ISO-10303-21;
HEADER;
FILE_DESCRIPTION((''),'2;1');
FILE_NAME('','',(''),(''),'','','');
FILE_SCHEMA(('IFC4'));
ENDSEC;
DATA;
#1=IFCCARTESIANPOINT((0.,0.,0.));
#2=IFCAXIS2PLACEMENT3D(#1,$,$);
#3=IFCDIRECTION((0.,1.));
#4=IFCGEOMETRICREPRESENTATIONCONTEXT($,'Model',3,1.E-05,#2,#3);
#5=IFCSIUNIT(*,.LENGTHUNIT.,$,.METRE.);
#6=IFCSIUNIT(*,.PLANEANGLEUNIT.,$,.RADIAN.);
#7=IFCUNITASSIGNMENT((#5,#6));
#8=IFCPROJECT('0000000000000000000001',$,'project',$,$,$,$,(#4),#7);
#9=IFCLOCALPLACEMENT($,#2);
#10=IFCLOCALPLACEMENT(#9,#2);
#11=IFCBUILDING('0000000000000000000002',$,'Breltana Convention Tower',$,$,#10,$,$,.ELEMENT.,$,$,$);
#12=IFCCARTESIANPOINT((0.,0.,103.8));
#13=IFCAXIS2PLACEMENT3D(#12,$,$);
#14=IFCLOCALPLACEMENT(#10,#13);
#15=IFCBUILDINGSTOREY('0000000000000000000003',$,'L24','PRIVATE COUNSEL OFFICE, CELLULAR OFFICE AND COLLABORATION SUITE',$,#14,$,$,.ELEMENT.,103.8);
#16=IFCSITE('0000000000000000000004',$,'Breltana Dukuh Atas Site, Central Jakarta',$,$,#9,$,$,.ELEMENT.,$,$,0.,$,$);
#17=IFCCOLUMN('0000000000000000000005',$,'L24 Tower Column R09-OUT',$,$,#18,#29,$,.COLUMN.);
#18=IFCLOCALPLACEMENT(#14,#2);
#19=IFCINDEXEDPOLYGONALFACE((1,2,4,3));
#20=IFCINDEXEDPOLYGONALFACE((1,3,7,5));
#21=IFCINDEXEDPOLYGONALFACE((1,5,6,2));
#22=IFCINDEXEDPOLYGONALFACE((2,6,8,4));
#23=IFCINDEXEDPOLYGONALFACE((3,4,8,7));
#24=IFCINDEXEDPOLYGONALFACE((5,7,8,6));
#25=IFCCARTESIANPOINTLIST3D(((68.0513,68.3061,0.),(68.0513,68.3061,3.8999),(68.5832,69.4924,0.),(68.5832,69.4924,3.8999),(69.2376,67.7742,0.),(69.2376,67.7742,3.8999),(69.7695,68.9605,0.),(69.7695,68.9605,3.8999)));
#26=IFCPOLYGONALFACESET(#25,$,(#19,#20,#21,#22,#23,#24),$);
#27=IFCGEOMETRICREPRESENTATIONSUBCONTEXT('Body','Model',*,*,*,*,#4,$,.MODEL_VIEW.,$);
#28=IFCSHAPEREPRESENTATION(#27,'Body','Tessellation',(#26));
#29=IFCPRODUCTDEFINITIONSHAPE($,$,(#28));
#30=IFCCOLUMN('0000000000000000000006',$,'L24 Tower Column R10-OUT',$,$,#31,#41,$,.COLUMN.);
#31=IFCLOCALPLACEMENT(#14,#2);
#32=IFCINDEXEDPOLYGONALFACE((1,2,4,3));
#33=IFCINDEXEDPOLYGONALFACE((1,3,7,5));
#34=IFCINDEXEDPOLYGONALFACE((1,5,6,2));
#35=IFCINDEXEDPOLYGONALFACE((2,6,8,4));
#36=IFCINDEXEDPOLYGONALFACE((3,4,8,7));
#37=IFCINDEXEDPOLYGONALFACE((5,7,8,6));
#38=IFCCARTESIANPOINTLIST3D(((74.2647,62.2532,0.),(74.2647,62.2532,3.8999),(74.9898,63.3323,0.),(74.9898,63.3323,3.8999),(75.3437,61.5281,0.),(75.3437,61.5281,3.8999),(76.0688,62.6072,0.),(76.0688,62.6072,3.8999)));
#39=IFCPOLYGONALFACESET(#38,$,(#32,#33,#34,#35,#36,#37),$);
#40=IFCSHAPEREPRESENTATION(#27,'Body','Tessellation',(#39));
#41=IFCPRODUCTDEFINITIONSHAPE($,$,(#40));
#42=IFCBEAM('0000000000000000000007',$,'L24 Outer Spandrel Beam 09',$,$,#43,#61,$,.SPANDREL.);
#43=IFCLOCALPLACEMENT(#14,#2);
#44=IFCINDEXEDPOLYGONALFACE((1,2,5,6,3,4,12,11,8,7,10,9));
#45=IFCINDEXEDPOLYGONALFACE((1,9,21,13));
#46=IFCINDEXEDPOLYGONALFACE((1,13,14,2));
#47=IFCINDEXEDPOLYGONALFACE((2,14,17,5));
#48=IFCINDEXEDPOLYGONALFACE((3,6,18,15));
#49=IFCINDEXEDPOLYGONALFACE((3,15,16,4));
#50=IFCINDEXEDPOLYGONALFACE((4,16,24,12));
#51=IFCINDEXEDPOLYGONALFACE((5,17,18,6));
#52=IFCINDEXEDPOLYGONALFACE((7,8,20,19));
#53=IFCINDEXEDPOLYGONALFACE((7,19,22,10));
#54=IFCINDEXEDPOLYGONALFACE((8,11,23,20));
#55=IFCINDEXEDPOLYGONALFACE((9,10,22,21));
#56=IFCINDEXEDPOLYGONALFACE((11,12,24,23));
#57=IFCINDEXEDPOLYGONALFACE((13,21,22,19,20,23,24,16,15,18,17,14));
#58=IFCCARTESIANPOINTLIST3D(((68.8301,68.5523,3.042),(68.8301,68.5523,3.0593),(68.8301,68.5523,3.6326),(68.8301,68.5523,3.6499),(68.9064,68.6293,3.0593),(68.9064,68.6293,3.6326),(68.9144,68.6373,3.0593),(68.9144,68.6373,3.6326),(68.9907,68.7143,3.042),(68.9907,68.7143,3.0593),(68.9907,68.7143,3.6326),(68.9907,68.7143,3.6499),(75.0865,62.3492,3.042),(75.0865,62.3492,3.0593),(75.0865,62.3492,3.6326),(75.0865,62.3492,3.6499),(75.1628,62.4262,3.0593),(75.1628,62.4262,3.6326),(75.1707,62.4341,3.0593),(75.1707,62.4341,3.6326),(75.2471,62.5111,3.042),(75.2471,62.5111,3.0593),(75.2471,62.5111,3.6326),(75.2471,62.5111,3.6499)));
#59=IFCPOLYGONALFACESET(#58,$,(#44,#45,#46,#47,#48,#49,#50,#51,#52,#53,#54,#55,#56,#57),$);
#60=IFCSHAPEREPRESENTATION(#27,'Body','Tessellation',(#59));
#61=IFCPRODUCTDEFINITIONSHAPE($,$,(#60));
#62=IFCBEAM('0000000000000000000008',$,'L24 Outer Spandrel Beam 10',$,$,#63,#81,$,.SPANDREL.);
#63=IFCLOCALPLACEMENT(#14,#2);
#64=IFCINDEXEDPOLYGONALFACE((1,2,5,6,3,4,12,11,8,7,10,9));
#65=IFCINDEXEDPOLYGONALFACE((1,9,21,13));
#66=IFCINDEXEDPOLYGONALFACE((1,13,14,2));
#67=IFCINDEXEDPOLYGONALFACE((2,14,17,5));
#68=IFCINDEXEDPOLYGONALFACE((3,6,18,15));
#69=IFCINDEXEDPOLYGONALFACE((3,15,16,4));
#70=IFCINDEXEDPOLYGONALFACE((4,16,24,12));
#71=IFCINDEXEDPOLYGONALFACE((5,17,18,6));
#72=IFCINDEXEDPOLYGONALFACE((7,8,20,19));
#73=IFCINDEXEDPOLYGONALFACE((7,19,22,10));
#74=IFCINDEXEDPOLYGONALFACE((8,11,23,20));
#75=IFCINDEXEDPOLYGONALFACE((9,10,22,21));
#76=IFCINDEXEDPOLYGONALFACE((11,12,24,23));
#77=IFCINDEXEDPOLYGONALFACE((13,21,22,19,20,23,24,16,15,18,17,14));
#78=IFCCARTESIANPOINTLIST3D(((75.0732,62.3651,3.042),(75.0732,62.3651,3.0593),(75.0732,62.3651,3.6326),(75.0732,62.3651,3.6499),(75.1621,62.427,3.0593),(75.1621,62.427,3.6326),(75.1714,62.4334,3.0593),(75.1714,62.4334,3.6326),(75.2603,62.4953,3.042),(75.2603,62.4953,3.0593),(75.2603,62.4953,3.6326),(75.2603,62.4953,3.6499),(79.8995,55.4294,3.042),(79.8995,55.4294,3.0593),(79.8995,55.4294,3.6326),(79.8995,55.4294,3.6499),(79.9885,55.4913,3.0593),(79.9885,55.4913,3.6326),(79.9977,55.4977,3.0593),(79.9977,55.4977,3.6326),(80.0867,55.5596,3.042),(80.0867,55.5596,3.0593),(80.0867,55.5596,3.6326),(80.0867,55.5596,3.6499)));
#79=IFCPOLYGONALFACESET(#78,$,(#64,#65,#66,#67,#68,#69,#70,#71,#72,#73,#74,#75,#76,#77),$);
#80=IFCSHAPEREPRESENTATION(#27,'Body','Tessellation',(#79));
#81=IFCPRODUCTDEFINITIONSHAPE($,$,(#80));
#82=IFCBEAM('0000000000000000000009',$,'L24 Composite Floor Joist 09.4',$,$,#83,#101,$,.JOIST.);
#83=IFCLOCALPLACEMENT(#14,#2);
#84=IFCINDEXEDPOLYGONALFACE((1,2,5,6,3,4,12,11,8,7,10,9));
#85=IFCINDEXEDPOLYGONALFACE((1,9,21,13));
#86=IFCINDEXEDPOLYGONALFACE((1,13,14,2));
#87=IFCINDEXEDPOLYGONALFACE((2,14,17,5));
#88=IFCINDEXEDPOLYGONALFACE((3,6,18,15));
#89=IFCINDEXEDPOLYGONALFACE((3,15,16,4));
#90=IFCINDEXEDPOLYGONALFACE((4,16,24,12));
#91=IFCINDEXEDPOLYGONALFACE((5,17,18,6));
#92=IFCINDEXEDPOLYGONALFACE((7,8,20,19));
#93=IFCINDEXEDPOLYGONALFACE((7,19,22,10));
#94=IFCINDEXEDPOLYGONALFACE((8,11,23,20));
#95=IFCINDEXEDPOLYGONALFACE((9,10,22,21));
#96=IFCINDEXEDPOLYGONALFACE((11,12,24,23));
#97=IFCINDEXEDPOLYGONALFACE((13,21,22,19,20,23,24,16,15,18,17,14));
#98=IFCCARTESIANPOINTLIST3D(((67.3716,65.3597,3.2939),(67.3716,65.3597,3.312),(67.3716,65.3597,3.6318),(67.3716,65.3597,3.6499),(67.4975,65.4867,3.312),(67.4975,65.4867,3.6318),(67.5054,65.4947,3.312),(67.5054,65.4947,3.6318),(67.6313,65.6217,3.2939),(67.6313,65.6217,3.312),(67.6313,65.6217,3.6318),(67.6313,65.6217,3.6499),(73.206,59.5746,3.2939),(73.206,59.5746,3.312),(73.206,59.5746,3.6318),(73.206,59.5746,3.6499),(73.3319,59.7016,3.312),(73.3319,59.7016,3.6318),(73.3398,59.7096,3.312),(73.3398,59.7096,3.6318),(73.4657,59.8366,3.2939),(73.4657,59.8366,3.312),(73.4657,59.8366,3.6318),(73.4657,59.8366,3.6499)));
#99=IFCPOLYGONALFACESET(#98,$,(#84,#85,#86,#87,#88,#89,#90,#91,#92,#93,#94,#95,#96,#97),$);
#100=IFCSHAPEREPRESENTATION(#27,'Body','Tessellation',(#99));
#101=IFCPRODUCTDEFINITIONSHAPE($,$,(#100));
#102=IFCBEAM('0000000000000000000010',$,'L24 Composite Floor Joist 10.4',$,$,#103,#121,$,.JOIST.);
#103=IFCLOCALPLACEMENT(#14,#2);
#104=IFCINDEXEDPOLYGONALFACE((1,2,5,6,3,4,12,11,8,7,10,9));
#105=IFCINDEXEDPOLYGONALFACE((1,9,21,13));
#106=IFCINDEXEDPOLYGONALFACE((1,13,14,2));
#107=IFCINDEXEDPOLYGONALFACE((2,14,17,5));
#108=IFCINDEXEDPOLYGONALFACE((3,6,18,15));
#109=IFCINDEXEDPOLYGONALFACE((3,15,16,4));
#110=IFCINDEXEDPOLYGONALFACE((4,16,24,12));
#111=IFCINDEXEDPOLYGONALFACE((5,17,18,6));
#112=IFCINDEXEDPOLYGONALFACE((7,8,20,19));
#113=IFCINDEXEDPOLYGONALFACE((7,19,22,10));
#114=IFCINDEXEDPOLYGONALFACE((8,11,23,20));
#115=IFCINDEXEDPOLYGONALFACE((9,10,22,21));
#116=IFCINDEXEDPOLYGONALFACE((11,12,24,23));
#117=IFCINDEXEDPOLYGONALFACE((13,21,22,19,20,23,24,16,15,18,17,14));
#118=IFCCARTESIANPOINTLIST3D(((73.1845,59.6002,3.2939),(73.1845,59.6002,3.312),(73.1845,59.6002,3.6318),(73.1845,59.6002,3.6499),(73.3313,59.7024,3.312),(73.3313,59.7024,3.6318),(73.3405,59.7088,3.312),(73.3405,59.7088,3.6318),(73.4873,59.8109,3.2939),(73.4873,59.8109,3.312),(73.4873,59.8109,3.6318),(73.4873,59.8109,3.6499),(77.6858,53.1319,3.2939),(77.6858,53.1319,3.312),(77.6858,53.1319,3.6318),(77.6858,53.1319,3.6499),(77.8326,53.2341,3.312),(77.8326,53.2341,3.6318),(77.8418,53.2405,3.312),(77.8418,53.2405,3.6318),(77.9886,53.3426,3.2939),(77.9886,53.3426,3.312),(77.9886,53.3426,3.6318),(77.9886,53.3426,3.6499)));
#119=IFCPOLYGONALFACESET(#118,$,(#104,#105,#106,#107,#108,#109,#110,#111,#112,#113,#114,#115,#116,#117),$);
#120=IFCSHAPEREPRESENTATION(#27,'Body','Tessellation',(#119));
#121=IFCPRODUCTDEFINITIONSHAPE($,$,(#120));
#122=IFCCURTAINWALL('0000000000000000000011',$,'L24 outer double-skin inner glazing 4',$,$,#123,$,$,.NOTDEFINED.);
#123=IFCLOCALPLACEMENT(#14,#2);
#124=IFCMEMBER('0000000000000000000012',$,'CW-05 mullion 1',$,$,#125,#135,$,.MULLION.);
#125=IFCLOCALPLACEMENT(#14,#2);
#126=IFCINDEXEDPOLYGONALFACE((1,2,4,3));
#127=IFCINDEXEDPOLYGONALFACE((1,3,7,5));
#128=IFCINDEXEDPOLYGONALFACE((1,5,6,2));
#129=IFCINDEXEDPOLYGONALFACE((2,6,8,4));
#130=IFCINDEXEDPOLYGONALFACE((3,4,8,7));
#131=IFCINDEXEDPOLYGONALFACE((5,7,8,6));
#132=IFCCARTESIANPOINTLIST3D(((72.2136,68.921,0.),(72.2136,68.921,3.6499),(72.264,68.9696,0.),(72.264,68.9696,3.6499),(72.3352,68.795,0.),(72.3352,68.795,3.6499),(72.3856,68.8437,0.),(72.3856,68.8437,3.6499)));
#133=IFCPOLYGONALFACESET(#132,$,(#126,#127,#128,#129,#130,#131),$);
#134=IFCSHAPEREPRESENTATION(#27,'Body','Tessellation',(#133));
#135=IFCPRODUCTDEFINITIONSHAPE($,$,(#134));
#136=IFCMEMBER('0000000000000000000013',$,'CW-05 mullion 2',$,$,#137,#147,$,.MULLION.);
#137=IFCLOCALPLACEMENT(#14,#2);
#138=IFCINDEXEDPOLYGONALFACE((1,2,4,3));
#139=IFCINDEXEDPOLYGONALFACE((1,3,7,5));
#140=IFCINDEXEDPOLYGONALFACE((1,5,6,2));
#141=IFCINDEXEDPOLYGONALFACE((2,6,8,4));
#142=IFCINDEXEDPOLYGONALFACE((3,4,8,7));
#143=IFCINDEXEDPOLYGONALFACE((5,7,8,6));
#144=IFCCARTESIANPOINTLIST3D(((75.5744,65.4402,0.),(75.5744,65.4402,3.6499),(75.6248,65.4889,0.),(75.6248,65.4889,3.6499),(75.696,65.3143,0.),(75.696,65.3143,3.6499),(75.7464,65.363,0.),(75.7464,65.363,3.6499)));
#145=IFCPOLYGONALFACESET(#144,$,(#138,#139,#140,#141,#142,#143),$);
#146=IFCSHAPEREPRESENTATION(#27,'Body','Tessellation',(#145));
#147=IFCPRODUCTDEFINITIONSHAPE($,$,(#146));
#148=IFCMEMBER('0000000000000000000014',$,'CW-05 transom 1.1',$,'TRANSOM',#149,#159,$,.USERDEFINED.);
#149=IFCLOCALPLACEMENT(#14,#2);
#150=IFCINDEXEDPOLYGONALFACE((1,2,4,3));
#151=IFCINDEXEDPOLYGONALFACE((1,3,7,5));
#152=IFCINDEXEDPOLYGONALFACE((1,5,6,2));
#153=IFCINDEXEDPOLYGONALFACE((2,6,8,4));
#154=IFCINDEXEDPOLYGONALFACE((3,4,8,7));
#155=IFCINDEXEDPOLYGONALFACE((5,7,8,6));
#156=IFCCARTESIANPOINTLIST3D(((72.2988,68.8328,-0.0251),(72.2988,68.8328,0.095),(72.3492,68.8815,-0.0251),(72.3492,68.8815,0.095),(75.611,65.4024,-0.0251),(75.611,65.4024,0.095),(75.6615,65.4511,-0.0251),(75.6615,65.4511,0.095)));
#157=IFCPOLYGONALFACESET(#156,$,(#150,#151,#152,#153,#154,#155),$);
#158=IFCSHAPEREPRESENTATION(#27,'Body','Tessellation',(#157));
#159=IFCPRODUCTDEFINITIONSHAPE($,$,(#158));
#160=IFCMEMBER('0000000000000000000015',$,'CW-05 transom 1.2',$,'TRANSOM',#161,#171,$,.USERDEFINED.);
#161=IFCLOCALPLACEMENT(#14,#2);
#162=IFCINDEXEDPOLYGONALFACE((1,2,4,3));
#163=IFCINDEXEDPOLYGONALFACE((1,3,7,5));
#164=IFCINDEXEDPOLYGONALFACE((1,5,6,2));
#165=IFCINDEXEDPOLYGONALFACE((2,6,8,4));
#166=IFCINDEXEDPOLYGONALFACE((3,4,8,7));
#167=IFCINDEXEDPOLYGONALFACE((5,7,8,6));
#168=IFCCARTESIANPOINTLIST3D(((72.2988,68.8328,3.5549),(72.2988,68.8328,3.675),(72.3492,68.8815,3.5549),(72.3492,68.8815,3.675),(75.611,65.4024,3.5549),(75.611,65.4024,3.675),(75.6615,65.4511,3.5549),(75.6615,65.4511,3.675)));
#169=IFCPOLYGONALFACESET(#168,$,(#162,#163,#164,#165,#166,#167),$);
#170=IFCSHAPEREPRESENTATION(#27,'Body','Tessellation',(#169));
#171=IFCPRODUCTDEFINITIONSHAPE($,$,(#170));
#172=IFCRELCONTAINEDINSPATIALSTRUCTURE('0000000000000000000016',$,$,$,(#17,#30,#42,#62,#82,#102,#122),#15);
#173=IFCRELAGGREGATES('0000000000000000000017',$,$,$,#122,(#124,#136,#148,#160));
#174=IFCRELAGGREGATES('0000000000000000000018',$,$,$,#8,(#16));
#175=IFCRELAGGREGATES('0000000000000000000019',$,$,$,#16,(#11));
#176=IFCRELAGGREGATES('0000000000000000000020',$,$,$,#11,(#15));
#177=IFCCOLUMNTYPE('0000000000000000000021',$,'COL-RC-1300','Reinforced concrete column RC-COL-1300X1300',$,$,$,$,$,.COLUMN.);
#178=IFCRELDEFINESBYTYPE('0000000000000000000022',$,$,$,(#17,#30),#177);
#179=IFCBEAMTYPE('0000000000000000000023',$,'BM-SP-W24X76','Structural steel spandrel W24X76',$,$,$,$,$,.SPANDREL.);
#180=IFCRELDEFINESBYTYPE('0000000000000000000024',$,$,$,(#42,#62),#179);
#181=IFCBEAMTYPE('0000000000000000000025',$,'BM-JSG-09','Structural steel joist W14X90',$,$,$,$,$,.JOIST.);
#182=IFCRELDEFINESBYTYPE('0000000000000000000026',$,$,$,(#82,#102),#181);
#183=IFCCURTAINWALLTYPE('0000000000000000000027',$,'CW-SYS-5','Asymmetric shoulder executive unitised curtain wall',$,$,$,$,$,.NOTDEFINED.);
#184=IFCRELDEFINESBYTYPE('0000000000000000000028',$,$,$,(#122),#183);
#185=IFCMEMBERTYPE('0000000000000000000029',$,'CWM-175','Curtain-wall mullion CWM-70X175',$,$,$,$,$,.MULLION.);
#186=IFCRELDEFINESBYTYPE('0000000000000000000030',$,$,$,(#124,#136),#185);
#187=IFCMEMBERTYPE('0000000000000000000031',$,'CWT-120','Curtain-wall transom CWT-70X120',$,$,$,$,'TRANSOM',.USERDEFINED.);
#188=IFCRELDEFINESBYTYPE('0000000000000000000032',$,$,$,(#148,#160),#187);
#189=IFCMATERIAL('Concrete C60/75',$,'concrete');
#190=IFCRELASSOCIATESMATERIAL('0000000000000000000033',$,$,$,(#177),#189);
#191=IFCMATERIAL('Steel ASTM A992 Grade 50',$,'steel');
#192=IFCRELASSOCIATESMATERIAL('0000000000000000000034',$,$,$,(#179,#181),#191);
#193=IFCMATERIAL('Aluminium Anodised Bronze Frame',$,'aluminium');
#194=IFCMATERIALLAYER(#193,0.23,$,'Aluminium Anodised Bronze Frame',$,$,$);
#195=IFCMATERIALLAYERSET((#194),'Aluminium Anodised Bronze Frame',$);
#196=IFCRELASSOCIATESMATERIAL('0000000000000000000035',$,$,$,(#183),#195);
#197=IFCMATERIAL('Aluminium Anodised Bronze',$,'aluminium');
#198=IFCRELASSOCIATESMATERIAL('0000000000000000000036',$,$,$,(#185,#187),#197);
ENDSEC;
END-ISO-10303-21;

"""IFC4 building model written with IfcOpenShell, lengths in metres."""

from ifc_helpers import new_model, si_unit, direction, frame, origin, origin_2d, place, context, subcontext, project, spatial, rectangle, i_section, extrude, source, transform, mapped, material, layer, layer_set, material_profile, profile_set, type_object, element, aggregate, save


model = new_model("IFC4")

# Units and contexts
model_context = context("Model", 3, precision=1e-05, world=origin(), true_north=direction((0.0, 1.0)))
body_context = subcontext(model_context, "Body", "Model", "MODEL_VIEW")
ifc_project = project(units=[si_unit("LENGTHUNIT", "METRE"), si_unit("PLANEANGLEUNIT", "RADIAN")], contexts=[model_context])

# Site, building, storey
site_placement = place(None, origin())
site = spatial("IfcSite", under=ifc_project, at=site_placement, Name="Breltana Dukuh Atas Site, Central Jakarta", CompositionType="ELEMENT", RefElevation=0.0)
building_placement = place(site_placement, origin())
building = spatial("IfcBuilding", under=site, at=building_placement, Name="Breltana Convention Tower", CompositionType="ELEMENT")
storey_placement = place(building_placement, frame((0.0, 0.0, 103.8)))
storey = spatial("IfcBuildingStorey", under=building, at=storey_placement, Name="L24", Description="PRIVATE COUNSEL OFFICE, CELLULAR OFFICE AND COLLABORATION SUITE", CompositionType="ELEMENT", Elevation=103.8)

# Columns
ifc_material_1 = material(Name="Concrete C60/75", Category="concrete")
ifc_material_profile_1 = material_profile(ifc_material_1, rectangle(XDim=1.3, YDim=1.3, at=origin_2d()), Name="RC-COL-1300X1300")
ifc_profile_set_1 = profile_set([ifc_material_profile_1], Name="Concrete C60/75")
column_type = type_object("IfcColumnType", Name="COL-RC-1300", Description="Reinforced concrete column RC-COL-1300X1300", PredefinedType="COLUMN", material=ifc_profile_set_1)
shared_shape_1 = source(origin(), body_context, "Body", "SweptSolid", [
    extrude(rectangle(XDim=1.3, YDim=1.3, at=origin_2d()), origin(), (0.0, 0.0, 1.0), 3.8999),
])
for number, where, z_axis, x_axis, name in (
    (1, (68.9104, 68.6333, 0.0), (0.0, 0.0, 1.0), (0.409127, 0.912477, 0.0), "L24 Tower Column R09-OUT"),
    (2, (75.1667, 62.4302, 0.0), (0.0, 0.0, 1.0), (0.557745, 0.830012, 0.0), "L24 Tower Column R10-OUT"),
):
    element("IfcColumn", number, at=place(storey_placement, frame(where, z_axis=z_axis, x_axis=x_axis)), inside=storey, type_object=column_type, Name=name, PredefinedType="COLUMN", context=body_context, shape_type="MappedRepresentation", body=[
        mapped(shared_shape_1, transform((0.0, 0.0, 0.0), scale=1.0)),
    ])

# Beams
ifc_material_2 = material(Name="Steel ASTM A992 Grade 50", Category="steel")
ifc_material_profile_2 = material_profile(ifc_material_2, i_section(OverallWidth=0.228, OverallDepth=0.6079, WebThickness=0.0112, FlangeThickness=0.0173, at=origin_2d()), Name="W24X76")
ifc_profile_set_2 = profile_set([ifc_material_profile_2], Name="Steel ASTM A992 Grade 50")
beam_type_1 = type_object("IfcBeamType", Name="BM-SP-W24X76", Description="Structural steel spandrel W24X76", PredefinedType="SPANDREL", material=ifc_profile_set_2)
shared_shape_2 = source(origin(), body_context, "Body", "SweptSolid", [
    extrude(i_section(OverallWidth=0.228, OverallDepth=0.6079, WebThickness=0.0112, FlangeThickness=0.0173, at=origin_2d()), origin(), (0.0, 0.0, 1.0), 8.8103),
])
beam_1_placement = place(storey_placement, frame((68.9104, 68.6333, 3.3459), z_axis=(0.710121, -0.70408, 0.0), x_axis=(0.70408, 0.710121, 0.0)))
element("IfcBeam", 3, at=beam_1_placement, inside=storey, type_object=beam_type_1, Name="L24 Outer Spandrel Beam 09", PredefinedType="SPANDREL", context=body_context, shape_type="MappedRepresentation", body=[
    mapped(shared_shape_2, transform((0.0, 0.0, 0.0), scale=1.0)),
])
shared_shape_3 = source(origin(), body_context, "Body", "SweptSolid", [
    extrude(i_section(OverallWidth=0.228, OverallDepth=0.6079, WebThickness=0.0112, FlangeThickness=0.0173, at=origin_2d()), origin(), (0.0, 0.0, 1.0), 8.4497),
])
beam_2_placement = place(storey_placement, frame((75.1667, 62.4302, 3.3459), z_axis=(0.571186, -0.820821, 0.0), x_axis=(0.820821, 0.571186, 0.0)))
element("IfcBeam", 4, at=beam_2_placement, inside=storey, type_object=beam_type_1, Name="L24 Outer Spandrel Beam 10", PredefinedType="SPANDREL", context=body_context, shape_type="MappedRepresentation", body=[
    mapped(shared_shape_3, transform((0.0, 0.0, 0.0), scale=1.0)),
])
ifc_material_profile_3 = material_profile(ifc_material_2, i_section(OverallWidth=0.3689, OverallDepth=0.356, WebThickness=0.0112, FlangeThickness=0.0181, at=origin_2d()), Name="W14X90")
ifc_profile_set_3 = profile_set([ifc_material_profile_3], Name="Steel ASTM A992 Grade 50")
beam_type_2 = type_object("IfcBeamType", Name="BM-JSG-09", Description="Structural steel joist W14X90", PredefinedType="JOIST", material=ifc_profile_set_3)
shared_shape_4 = source(origin(), body_context, "Body", "SweptSolid", [
    extrude(i_section(OverallWidth=0.3689, OverallDepth=0.356, WebThickness=0.0112, FlangeThickness=0.0181, at=origin_2d()), origin(), (0.0, 0.0, 1.0), 8.2163),
])
beam_3_placement = place(storey_placement, frame((67.5015, 65.4907, 3.4719), z_axis=(0.710102, -0.704099, 0.0), x_axis=(0.704099, 0.710102, 0.0)))
element("IfcBeam", 5, at=beam_3_placement, inside=storey, type_object=beam_type_2, Name="L24 Composite Floor Joist 09.4", PredefinedType="JOIST", context=body_context, shape_type="MappedRepresentation", body=[
    mapped(shared_shape_4, transform((0.0, 0.0, 0.0), scale=1.0)),
])
shared_shape_5 = source(origin(), body_context, "Body", "SweptSolid", [
    extrude(i_section(OverallWidth=0.3689, OverallDepth=0.356, WebThickness=0.0112, FlangeThickness=0.0181, at=origin_2d()), origin(), (0.0, 0.0, 1.0), 7.8804),
])
beam_4_placement = place(storey_placement, frame((73.3359, 59.7056, 3.4719), z_axis=(0.571198, -0.820812, 0.0), x_axis=(0.820812, 0.571198, 0.0)))
element("IfcBeam", 6, at=beam_4_placement, inside=storey, type_object=beam_type_2, Name="L24 Composite Floor Joist 10.4", PredefinedType="JOIST", context=body_context, shape_type="MappedRepresentation", body=[
    mapped(shared_shape_5, transform((0.0, 0.0, 0.0), scale=1.0)),
])

# Curtain wall, members
ifc_material_3 = material(Name="Aluminium Anodised Bronze Frame", Category="aluminium")
ifc_layer_1 = layer(ifc_material_3, 0.23, Name="Aluminium Anodised Bronze Frame")
ifc_layer_set_1 = layer_set([ifc_layer_1], Name="Aluminium Anodised Bronze Frame")
curtain_wall_type = type_object("IfcCurtainWallType", Name="CW-SYS-5", Description="Asymmetric shoulder executive unitised curtain wall", PredefinedType="NOTDEFINED", material=ifc_layer_set_1)
curtain_wall_placement = place(storey_placement, origin())
curtain_wall = element("IfcCurtainWall", 7, at=curtain_wall_placement, inside=storey, type_object=curtain_wall_type, Name="L24 outer double-skin inner glazing 4", PredefinedType="NOTDEFINED")
ifc_material_4 = material(Name="Aluminium Anodised Bronze", Category="aluminium")
ifc_material_profile_4 = material_profile(ifc_material_4, rectangle(XDim=0.0701, YDim=0.175, at=origin_2d()), Name="CWM-70X175")
ifc_profile_set_4 = profile_set([ifc_material_profile_4], Name="Aluminium Anodised Bronze")
member_type_1 = type_object("IfcMemberType", Name="CWM-175", Description="Curtain-wall mullion CWM-70X175", PredefinedType="MULLION", material=ifc_profile_set_4)
shared_shape_6 = source(origin(), body_context, "Body", "SweptSolid", [
    extrude(rectangle(XDim=0.0701, YDim=0.175, at=origin_2d()), origin(), (0.0, 0.0, 1.0), 3.6499),
])
member_1_placement = place(storey_placement, frame((72.2996, 68.8823, 0.0), z_axis=(0.0, 0.0, 1.0), x_axis=(0.719385, 0.694612, 0.0)))
member_1 = element("IfcMember", 8, at=member_1_placement, type_object=member_type_1, Name="CW-05 mullion 1", PredefinedType="MULLION", context=body_context, shape_type="MappedRepresentation", body=[
    mapped(shared_shape_6, transform((0.0, 0.0, 0.0), scale=1.0)),
])
member_2_placement = place(storey_placement, frame((75.6604, 65.4016, 0.0), z_axis=(0.0, 0.0, 1.0), x_axis=(0.719385, 0.694612, 0.0)))
member_2 = element("IfcMember", 9, at=member_2_placement, type_object=member_type_1, Name="CW-05 mullion 2", PredefinedType="MULLION", context=body_context, shape_type="MappedRepresentation", body=[
    mapped(shared_shape_6, transform((0.0, 0.0, 0.0), scale=1.0)),
])
ifc_material_profile_5 = material_profile(ifc_material_4, rectangle(XDim=0.0701, YDim=0.1201, at=origin_2d()), Name="CWT-70X120")
ifc_profile_set_5 = profile_set([ifc_material_profile_5], Name="Aluminium Anodised Bronze")
member_type_2 = type_object("IfcMemberType", Name="CWT-120", Description="Curtain-wall transom CWT-70X120", ElementType="TRANSOM", PredefinedType="USERDEFINED", material=ifc_profile_set_5)
shared_shape_7 = source(origin(), body_context, "Body", "SweptSolid", [
    extrude(rectangle(XDim=0.0701, YDim=0.1201, at=origin_2d()), origin(), (0.0, 0.0, 1.0), 4.7686),
])
member_3_placement = place(storey_placement, frame((72.324, 68.8572, 0.0349), z_axis=(0.694608, -0.719388, 0.0), x_axis=(0.719388, 0.694608, 0.0)))
member_3 = element("IfcMember", 10, at=member_3_placement, type_object=member_type_2, Name="CW-05 transom 1.1", ObjectType="TRANSOM", PredefinedType="USERDEFINED", context=body_context, shape_type="MappedRepresentation", body=[
    mapped(shared_shape_7, transform((0.0, 0.0, 0.0), scale=1.0)),
])
member_4_placement = place(storey_placement, frame((72.324, 68.8572, 3.615), z_axis=(0.694608, -0.719388, 0.0), x_axis=(0.719388, 0.694608, 0.0)))
member_4 = element("IfcMember", 11, at=member_4_placement, type_object=member_type_2, Name="CW-05 transom 1.2", ObjectType="TRANSOM", PredefinedType="USERDEFINED", context=body_context, shape_type="MappedRepresentation", body=[
    mapped(shared_shape_7, transform((0.0, 0.0, 0.0), scale=1.0)),
])
aggregate(curtain_wall, [member_1, member_2, member_3, member_4])

save(model, "model.ifc")
